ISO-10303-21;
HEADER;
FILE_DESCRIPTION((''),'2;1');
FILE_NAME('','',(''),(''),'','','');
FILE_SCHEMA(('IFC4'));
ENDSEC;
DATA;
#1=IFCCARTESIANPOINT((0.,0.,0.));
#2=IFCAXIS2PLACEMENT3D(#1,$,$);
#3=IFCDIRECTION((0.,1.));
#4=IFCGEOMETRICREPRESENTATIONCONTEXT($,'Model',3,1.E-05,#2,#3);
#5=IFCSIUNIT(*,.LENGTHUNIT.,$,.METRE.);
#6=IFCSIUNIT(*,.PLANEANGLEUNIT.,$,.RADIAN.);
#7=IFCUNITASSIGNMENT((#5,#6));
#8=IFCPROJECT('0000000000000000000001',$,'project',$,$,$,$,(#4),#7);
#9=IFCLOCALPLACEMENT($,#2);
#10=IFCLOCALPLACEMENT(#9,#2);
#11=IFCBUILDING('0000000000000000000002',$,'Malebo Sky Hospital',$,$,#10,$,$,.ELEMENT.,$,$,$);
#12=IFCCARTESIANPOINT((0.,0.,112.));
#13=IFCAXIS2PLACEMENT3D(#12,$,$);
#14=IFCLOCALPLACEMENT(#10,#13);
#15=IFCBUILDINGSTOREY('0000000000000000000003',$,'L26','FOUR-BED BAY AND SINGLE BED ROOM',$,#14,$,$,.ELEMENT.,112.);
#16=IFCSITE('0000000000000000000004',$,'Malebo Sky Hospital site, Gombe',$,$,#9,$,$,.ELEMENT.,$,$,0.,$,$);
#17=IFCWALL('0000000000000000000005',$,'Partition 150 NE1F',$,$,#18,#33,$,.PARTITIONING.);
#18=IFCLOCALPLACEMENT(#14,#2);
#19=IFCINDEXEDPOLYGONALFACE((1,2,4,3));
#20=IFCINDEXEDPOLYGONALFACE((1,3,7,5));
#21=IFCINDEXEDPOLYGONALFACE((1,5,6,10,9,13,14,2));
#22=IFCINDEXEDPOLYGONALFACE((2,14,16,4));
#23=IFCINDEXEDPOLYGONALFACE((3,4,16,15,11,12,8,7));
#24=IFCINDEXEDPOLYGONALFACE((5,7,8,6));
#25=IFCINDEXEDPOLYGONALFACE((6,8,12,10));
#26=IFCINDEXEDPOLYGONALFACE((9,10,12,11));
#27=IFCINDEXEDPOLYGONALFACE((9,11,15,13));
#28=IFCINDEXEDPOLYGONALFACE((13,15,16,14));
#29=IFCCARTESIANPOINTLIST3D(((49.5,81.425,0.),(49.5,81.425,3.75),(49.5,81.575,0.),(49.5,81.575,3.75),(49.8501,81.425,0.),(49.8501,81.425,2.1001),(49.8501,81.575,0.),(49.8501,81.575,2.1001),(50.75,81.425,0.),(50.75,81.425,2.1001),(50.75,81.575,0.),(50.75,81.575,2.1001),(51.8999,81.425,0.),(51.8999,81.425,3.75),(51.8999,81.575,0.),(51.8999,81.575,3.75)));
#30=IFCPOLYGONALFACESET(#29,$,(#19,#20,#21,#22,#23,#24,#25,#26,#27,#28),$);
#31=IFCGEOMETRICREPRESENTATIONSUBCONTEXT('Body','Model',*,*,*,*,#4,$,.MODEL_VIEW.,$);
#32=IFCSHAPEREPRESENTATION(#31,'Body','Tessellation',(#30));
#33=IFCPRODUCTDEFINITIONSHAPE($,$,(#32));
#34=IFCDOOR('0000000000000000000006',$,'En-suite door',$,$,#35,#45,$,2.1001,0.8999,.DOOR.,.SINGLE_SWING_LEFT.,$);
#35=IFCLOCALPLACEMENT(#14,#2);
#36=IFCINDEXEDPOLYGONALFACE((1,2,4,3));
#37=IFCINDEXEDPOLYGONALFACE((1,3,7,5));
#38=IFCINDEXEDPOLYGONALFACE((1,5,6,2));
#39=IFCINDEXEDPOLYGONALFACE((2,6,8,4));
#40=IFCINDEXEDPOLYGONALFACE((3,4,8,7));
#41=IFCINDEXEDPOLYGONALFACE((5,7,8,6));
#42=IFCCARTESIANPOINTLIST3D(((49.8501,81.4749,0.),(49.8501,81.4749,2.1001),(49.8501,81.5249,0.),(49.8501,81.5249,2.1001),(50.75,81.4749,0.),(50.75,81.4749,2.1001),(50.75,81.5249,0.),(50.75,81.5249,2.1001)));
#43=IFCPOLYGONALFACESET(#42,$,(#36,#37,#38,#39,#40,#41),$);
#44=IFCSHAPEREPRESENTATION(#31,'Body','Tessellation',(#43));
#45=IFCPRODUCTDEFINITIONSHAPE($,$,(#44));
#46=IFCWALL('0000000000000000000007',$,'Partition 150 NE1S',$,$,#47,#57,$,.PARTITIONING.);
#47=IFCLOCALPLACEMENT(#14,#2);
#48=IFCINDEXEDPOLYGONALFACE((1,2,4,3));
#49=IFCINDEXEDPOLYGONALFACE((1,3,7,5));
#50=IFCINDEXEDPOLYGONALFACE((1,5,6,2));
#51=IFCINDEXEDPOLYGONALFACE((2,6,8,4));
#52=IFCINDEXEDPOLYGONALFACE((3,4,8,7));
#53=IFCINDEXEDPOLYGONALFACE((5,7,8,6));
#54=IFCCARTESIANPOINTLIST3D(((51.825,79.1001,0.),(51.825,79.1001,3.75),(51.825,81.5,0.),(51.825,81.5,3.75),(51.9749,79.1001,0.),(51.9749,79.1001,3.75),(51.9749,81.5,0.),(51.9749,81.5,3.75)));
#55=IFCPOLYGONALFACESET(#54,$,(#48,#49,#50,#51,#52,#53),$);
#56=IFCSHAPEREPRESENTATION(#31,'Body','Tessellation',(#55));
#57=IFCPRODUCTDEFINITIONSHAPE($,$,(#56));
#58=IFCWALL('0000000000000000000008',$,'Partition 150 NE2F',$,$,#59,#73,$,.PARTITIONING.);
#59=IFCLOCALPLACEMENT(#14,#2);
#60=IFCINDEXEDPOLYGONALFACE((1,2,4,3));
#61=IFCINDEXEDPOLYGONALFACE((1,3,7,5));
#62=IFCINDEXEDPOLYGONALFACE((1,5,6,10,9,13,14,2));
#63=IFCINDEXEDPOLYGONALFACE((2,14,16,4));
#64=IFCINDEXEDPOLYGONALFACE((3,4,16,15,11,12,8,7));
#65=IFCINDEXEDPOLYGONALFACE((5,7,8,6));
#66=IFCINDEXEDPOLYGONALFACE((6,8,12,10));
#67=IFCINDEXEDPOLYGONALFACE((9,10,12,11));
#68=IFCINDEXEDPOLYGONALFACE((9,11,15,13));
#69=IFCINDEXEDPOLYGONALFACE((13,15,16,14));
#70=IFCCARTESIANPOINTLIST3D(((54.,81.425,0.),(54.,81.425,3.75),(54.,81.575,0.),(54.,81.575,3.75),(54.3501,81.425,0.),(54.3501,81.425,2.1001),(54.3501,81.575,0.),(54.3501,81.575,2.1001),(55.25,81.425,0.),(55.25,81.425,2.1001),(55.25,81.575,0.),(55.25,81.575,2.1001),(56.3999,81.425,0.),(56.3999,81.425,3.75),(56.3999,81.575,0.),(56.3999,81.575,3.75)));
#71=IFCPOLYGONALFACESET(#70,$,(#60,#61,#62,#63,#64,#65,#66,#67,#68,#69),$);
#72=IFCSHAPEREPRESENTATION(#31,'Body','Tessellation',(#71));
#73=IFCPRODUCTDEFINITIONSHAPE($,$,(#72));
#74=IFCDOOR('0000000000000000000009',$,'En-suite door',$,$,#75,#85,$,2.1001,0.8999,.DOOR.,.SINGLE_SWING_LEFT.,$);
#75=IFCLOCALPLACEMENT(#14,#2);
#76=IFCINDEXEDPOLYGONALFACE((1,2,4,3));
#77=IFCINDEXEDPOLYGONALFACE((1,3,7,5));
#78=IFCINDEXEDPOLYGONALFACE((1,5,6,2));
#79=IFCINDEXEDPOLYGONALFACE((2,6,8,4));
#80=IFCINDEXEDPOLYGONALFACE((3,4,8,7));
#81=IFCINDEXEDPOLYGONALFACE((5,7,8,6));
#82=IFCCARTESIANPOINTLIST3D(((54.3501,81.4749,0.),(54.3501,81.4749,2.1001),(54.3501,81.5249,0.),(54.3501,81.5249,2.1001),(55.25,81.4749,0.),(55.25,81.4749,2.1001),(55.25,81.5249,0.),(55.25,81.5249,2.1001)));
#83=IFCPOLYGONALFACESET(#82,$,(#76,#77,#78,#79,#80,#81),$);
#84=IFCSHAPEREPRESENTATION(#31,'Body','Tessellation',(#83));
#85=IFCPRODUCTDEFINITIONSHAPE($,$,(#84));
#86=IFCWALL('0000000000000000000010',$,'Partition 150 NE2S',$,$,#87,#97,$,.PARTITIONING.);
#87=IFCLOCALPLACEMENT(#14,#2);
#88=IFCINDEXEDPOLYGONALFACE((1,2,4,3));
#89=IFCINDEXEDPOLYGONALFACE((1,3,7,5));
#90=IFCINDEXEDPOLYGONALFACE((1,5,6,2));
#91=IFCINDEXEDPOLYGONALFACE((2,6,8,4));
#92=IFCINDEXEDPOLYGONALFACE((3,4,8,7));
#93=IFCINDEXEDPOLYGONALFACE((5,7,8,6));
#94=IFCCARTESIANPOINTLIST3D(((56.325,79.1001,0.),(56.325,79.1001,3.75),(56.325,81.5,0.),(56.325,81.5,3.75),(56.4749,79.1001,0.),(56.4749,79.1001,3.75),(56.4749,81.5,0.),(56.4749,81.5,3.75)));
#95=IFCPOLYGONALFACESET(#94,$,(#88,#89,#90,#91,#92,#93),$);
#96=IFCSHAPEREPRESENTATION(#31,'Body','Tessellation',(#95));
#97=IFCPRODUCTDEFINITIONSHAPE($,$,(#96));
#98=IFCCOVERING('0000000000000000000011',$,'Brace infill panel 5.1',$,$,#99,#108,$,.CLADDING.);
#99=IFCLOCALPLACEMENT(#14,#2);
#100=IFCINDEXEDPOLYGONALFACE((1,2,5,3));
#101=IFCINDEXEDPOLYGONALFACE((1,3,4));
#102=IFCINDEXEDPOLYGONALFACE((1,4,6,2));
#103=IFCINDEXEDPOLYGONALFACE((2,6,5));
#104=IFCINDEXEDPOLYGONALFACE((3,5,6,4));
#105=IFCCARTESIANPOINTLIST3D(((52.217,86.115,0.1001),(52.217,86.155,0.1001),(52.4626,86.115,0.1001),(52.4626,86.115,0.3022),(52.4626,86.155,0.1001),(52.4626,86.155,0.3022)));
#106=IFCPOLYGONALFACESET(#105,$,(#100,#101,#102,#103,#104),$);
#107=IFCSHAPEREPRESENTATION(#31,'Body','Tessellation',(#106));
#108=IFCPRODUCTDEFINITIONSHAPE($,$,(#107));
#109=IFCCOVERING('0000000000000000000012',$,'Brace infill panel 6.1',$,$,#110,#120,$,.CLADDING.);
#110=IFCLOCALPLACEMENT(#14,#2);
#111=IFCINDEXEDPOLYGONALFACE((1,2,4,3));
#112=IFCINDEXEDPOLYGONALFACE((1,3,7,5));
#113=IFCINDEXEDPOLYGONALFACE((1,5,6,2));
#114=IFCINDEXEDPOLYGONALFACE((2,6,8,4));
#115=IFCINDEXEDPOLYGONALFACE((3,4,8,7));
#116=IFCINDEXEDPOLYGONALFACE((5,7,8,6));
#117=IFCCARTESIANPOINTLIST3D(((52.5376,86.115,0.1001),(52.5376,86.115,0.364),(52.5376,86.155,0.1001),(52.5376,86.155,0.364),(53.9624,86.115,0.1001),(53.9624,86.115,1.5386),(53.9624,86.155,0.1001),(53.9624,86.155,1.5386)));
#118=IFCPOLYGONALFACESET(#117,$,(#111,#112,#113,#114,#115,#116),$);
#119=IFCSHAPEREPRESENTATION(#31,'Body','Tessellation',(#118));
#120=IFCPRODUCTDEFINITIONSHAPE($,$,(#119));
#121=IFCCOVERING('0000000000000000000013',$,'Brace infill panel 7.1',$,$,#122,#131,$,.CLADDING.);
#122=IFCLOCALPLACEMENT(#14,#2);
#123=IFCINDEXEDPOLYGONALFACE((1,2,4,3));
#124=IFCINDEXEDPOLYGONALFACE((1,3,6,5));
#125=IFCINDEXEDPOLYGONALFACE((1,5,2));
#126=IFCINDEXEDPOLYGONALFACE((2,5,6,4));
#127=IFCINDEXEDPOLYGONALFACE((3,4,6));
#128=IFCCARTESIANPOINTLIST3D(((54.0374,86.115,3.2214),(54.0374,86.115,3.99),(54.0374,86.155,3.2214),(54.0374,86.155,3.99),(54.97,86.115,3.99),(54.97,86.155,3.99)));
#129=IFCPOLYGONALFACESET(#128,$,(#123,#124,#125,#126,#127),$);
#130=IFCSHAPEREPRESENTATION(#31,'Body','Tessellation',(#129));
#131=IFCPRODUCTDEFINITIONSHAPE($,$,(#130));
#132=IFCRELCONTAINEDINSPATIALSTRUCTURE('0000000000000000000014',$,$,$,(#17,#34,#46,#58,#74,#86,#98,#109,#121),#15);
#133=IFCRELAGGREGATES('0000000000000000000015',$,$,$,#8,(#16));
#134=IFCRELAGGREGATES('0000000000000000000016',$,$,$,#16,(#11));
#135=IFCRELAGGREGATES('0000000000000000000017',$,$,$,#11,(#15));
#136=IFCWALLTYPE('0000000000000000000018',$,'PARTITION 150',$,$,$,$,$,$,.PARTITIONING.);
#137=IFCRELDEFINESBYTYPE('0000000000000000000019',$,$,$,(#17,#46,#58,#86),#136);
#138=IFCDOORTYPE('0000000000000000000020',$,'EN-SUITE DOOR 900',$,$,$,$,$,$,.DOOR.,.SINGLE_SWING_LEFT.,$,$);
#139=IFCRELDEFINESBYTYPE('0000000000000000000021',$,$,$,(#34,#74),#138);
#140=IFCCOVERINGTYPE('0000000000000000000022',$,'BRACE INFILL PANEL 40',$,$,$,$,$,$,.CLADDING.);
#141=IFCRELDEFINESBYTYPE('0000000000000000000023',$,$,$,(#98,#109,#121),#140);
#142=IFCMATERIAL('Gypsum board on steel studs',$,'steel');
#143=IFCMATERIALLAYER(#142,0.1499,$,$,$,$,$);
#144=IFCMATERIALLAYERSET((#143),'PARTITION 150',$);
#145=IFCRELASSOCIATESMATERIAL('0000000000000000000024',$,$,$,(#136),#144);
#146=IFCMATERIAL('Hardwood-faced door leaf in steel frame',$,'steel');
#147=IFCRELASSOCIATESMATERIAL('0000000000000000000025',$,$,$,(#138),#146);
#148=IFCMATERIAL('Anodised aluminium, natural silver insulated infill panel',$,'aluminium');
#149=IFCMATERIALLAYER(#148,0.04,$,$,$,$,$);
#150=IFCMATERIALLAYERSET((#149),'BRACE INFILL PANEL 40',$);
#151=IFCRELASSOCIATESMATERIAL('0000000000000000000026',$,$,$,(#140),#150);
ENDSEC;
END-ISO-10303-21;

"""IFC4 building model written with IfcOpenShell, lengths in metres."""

from ifc_helpers import new_model, si_unit, direction, frame, frame_2d, origin, place, context, subcontext, project, spatial, polyline, rectangle, outline, extrude, material, layer, layer_set, type_object, element, fill, save


model = new_model("IFC4")

# Units and contexts
model_context = context("Model", 3, precision=1e-05, world=origin(), true_north=direction((0.0, 1.0)))
body_context = subcontext(model_context, "Body", "Model", "MODEL_VIEW")
ifc_project = project(units=[si_unit("LENGTHUNIT", "METRE"), si_unit("PLANEANGLEUNIT", "RADIAN")], contexts=[model_context])

# Site, building, storey
site_placement = place(None, origin())
site = spatial("IfcSite", under=ifc_project, at=site_placement, Name="Malebo Sky Hospital site, Gombe", CompositionType="ELEMENT", RefElevation=0.0)
building_placement = place(site_placement, origin())
building = spatial("IfcBuilding", under=site, at=building_placement, Name="Malebo Sky Hospital", CompositionType="ELEMENT")
storey_placement = place(building_placement, frame((0.0, 0.0, 112.0)))
storey = spatial("IfcBuildingStorey", under=building, at=storey_placement, Name="L26", Description="FOUR-BED BAY AND SINGLE BED ROOM", CompositionType="ELEMENT", Elevation=112.0)

# Shared definitions
ifc_material_1 = material(Name="Gypsum board on steel studs", Category="steel")
ifc_layer_1 = layer(ifc_material_1, 0.1499)
ifc_layer_set_1 = layer_set([ifc_layer_1], Name="PARTITION 150")
wall_type = type_object("IfcWallType", Name="PARTITION 150", PredefinedType="PARTITIONING", material=ifc_layer_set_1)

# Wall, opening, door
wall_1_placement = place(storey_placement, frame((49.5, 81.5, 0.0), z_axis=(0.0, 0.0, 1.0), x_axis=(1.0, 0.0, 0.0)))
wall_1 = element("IfcWall", 1, at=wall_1_placement, inside=storey, type_object=wall_type, Name="Partition 150 NE1F", PredefinedType="PARTITIONING", context=body_context, shape_type="SweptSolid", body=[
    extrude(rectangle(XDim=2.3999, YDim=0.1499, at=frame_2d((1.2, 0.0))), origin(), (0.0, 0.0, 1.0), 3.75),
])
opening_1_placement = place(wall_1_placement, frame((0.3501, 0.0, 0.0)))
opening_1 = element("IfcOpeningElement", 2, at=opening_1_placement, cuts=wall_1, PredefinedType="OPENING", context=body_context, shape_type="SweptSolid", body=[
    extrude(rectangle(XDim=0.8999, YDim=2.1001, at=frame_2d((0.45, 1.05))), frame((0.0, 0.085, 0.0), z_axis=(0.0, -1.0, 0.0), x_axis=(1.0, 0.0, 0.0)), (0.0, 0.0, 1.0), 0.1699),
])
ifc_material_2 = material(Name="Hardwood-faced door leaf in steel frame", Category="steel")
door_type = type_object("IfcDoorType", Name="EN-SUITE DOOR 900", OperationType="SINGLE_SWING_LEFT", PredefinedType="DOOR", material=ifc_material_2)
door_1_placement = place(opening_1_placement, origin())
door_1 = element("IfcDoor", 3, at=door_1_placement, inside=storey, type_object=door_type, Name="En-suite door", OperationType="SINGLE_SWING_LEFT", OverallHeight=2.1001, OverallWidth=0.8999, PredefinedType="DOOR", context=body_context, shape_type="SweptSolid", body=[
    extrude(rectangle(XDim=0.8999, YDim=2.1001, at=frame_2d((0.45, 1.05))), frame((0.0, 0.0249, 0.0), z_axis=(0.0, -1.0, 0.0), x_axis=(1.0, 0.0, 0.0)), (0.0, 0.0, 1.0), 0.05),
])
fill(opening_1, door_1)

# Wall
wall_2_placement = place(storey_placement, frame((51.8999, 79.1001, 0.0), z_axis=(0.0, 0.0, 1.0), x_axis=(0.0, 1.0, 0.0)))
element("IfcWall", 4, at=wall_2_placement, inside=storey, type_object=wall_type, Name="Partition 150 NE1S", PredefinedType="PARTITIONING", context=body_context, shape_type="SweptSolid", body=[
    extrude(rectangle(XDim=2.3999, YDim=0.1499, at=frame_2d((1.2, 0.0))), origin(), (0.0, 0.0, 1.0), 3.75),
])

# Wall, opening, door
wall_3_placement = place(storey_placement, frame((54.0, 81.5, 0.0), z_axis=(0.0, 0.0, 1.0), x_axis=(1.0, 0.0, 0.0)))
wall_3 = element("IfcWall", 5, at=wall_3_placement, inside=storey, type_object=wall_type, Name="Partition 150 NE2F", PredefinedType="PARTITIONING", context=body_context, shape_type="SweptSolid", body=[
    extrude(rectangle(XDim=2.3999, YDim=0.1499, at=frame_2d((1.2, 0.0))), origin(), (0.0, 0.0, 1.0), 3.75),
])
opening_2_placement = place(wall_3_placement, frame((0.3501, 0.0, 0.0)))
opening_2 = element("IfcOpeningElement", 6, at=opening_2_placement, cuts=wall_3, PredefinedType="OPENING", context=body_context, shape_type="SweptSolid", body=[
    extrude(rectangle(XDim=0.8999, YDim=2.1001, at=frame_2d((0.45, 1.05))), frame((0.0, 0.085, 0.0), z_axis=(0.0, -1.0, 0.0), x_axis=(1.0, 0.0, 0.0)), (0.0, 0.0, 1.0), 0.1699),
])
door_2_placement = place(opening_2_placement, origin())
door_2 = element("IfcDoor", 7, at=door_2_placement, inside=storey, type_object=door_type, Name="En-suite door", OperationType="SINGLE_SWING_LEFT", OverallHeight=2.1001, OverallWidth=0.8999, PredefinedType="DOOR", context=body_context, shape_type="SweptSolid", body=[
    extrude(rectangle(XDim=0.8999, YDim=2.1001, at=frame_2d((0.45, 1.05))), frame((0.0, 0.0249, 0.0), z_axis=(0.0, -1.0, 0.0), x_axis=(1.0, 0.0, 0.0)), (0.0, 0.0, 1.0), 0.05),
])
fill(opening_2, door_2)

# Wall
wall_4_placement = place(storey_placement, frame((56.3999, 79.1001, 0.0), z_axis=(0.0, 0.0, 1.0), x_axis=(0.0, 1.0, 0.0)))
element("IfcWall", 8, at=wall_4_placement, inside=storey, type_object=wall_type, Name="Partition 150 NE2S", PredefinedType="PARTITIONING", context=body_context, shape_type="SweptSolid", body=[
    extrude(rectangle(XDim=2.3999, YDim=0.1499, at=frame_2d((1.2, 0.0))), origin(), (0.0, 0.0, 1.0), 3.75),
])

# Coverings
ifc_material_3 = material(Name="Anodised aluminium, natural silver insulated infill panel", Category="aluminium")
ifc_layer_2 = layer(ifc_material_3, 0.04)
ifc_layer_set_2 = layer_set([ifc_layer_2], Name="BRACE INFILL PANEL 40")
covering_type = type_object("IfcCoveringType", Name="BRACE INFILL PANEL 40", PredefinedType="CLADDING", material=ifc_layer_set_2)
covering_1_placement = place(storey_placement, frame((52.3398, 86.135, 0.1001), z_axis=(0.0, 0.0, 1.0), x_axis=(1.0, 0.0, 0.0)))
element("IfcCovering", 9, at=covering_1_placement, inside=storey, type_object=covering_type, Name="Brace infill panel 5.1", PredefinedType="CLADDING", context=body_context, shape_type="SweptSolid", body=[
    extrude(outline(polyline([(-0.1228, 0.0), (0.1228, 0.0), (0.1228, 0.2021), (-0.1228, 0.0)])), frame((0.0, 0.02, 0.0), z_axis=(0.0, -1.0, 0.0), x_axis=(1.0, 0.0, 0.0)), (0.0, 0.0, 1.0), 0.04),
])
covering_2_placement = place(storey_placement, frame((53.25, 86.135, 0.1001), z_axis=(0.0, 0.0, 1.0), x_axis=(1.0, 0.0, 0.0)))
element("IfcCovering", 10, at=covering_2_placement, inside=storey, type_object=covering_type, Name="Brace infill panel 6.1", PredefinedType="CLADDING", context=body_context, shape_type="SweptSolid", body=[
    extrude(outline(polyline([(-0.7124, 0.0), (0.7124, 0.0), (0.7124, 1.4385), (-0.7124, 0.2639), (-0.7124, 0.0)])), frame((0.0, 0.02, 0.0), z_axis=(0.0, -1.0, 0.0), x_axis=(1.0, 0.0, 0.0)), (0.0, 0.0, 1.0), 0.04),
])
covering_3_placement = place(storey_placement, frame((54.5037, 86.135, 3.2214), z_axis=(0.0, 0.0, 1.0), x_axis=(1.0, 0.0, 0.0)))
element("IfcCovering", 11, at=covering_3_placement, inside=storey, type_object=covering_type, Name="Brace infill panel 7.1", PredefinedType="CLADDING", context=body_context, shape_type="SweptSolid", body=[
    extrude(outline(polyline([(-0.4663, 0.0), (0.4663, 0.7686), (-0.4663, 0.7686), (-0.4663, 0.0)])), frame((0.0, 0.02, 0.0), z_axis=(0.0, -1.0, 0.0), x_axis=(1.0, 0.0, 0.0)), (0.0, 0.0, 1.0), 0.04),
])

save(model, "model.ifc")
